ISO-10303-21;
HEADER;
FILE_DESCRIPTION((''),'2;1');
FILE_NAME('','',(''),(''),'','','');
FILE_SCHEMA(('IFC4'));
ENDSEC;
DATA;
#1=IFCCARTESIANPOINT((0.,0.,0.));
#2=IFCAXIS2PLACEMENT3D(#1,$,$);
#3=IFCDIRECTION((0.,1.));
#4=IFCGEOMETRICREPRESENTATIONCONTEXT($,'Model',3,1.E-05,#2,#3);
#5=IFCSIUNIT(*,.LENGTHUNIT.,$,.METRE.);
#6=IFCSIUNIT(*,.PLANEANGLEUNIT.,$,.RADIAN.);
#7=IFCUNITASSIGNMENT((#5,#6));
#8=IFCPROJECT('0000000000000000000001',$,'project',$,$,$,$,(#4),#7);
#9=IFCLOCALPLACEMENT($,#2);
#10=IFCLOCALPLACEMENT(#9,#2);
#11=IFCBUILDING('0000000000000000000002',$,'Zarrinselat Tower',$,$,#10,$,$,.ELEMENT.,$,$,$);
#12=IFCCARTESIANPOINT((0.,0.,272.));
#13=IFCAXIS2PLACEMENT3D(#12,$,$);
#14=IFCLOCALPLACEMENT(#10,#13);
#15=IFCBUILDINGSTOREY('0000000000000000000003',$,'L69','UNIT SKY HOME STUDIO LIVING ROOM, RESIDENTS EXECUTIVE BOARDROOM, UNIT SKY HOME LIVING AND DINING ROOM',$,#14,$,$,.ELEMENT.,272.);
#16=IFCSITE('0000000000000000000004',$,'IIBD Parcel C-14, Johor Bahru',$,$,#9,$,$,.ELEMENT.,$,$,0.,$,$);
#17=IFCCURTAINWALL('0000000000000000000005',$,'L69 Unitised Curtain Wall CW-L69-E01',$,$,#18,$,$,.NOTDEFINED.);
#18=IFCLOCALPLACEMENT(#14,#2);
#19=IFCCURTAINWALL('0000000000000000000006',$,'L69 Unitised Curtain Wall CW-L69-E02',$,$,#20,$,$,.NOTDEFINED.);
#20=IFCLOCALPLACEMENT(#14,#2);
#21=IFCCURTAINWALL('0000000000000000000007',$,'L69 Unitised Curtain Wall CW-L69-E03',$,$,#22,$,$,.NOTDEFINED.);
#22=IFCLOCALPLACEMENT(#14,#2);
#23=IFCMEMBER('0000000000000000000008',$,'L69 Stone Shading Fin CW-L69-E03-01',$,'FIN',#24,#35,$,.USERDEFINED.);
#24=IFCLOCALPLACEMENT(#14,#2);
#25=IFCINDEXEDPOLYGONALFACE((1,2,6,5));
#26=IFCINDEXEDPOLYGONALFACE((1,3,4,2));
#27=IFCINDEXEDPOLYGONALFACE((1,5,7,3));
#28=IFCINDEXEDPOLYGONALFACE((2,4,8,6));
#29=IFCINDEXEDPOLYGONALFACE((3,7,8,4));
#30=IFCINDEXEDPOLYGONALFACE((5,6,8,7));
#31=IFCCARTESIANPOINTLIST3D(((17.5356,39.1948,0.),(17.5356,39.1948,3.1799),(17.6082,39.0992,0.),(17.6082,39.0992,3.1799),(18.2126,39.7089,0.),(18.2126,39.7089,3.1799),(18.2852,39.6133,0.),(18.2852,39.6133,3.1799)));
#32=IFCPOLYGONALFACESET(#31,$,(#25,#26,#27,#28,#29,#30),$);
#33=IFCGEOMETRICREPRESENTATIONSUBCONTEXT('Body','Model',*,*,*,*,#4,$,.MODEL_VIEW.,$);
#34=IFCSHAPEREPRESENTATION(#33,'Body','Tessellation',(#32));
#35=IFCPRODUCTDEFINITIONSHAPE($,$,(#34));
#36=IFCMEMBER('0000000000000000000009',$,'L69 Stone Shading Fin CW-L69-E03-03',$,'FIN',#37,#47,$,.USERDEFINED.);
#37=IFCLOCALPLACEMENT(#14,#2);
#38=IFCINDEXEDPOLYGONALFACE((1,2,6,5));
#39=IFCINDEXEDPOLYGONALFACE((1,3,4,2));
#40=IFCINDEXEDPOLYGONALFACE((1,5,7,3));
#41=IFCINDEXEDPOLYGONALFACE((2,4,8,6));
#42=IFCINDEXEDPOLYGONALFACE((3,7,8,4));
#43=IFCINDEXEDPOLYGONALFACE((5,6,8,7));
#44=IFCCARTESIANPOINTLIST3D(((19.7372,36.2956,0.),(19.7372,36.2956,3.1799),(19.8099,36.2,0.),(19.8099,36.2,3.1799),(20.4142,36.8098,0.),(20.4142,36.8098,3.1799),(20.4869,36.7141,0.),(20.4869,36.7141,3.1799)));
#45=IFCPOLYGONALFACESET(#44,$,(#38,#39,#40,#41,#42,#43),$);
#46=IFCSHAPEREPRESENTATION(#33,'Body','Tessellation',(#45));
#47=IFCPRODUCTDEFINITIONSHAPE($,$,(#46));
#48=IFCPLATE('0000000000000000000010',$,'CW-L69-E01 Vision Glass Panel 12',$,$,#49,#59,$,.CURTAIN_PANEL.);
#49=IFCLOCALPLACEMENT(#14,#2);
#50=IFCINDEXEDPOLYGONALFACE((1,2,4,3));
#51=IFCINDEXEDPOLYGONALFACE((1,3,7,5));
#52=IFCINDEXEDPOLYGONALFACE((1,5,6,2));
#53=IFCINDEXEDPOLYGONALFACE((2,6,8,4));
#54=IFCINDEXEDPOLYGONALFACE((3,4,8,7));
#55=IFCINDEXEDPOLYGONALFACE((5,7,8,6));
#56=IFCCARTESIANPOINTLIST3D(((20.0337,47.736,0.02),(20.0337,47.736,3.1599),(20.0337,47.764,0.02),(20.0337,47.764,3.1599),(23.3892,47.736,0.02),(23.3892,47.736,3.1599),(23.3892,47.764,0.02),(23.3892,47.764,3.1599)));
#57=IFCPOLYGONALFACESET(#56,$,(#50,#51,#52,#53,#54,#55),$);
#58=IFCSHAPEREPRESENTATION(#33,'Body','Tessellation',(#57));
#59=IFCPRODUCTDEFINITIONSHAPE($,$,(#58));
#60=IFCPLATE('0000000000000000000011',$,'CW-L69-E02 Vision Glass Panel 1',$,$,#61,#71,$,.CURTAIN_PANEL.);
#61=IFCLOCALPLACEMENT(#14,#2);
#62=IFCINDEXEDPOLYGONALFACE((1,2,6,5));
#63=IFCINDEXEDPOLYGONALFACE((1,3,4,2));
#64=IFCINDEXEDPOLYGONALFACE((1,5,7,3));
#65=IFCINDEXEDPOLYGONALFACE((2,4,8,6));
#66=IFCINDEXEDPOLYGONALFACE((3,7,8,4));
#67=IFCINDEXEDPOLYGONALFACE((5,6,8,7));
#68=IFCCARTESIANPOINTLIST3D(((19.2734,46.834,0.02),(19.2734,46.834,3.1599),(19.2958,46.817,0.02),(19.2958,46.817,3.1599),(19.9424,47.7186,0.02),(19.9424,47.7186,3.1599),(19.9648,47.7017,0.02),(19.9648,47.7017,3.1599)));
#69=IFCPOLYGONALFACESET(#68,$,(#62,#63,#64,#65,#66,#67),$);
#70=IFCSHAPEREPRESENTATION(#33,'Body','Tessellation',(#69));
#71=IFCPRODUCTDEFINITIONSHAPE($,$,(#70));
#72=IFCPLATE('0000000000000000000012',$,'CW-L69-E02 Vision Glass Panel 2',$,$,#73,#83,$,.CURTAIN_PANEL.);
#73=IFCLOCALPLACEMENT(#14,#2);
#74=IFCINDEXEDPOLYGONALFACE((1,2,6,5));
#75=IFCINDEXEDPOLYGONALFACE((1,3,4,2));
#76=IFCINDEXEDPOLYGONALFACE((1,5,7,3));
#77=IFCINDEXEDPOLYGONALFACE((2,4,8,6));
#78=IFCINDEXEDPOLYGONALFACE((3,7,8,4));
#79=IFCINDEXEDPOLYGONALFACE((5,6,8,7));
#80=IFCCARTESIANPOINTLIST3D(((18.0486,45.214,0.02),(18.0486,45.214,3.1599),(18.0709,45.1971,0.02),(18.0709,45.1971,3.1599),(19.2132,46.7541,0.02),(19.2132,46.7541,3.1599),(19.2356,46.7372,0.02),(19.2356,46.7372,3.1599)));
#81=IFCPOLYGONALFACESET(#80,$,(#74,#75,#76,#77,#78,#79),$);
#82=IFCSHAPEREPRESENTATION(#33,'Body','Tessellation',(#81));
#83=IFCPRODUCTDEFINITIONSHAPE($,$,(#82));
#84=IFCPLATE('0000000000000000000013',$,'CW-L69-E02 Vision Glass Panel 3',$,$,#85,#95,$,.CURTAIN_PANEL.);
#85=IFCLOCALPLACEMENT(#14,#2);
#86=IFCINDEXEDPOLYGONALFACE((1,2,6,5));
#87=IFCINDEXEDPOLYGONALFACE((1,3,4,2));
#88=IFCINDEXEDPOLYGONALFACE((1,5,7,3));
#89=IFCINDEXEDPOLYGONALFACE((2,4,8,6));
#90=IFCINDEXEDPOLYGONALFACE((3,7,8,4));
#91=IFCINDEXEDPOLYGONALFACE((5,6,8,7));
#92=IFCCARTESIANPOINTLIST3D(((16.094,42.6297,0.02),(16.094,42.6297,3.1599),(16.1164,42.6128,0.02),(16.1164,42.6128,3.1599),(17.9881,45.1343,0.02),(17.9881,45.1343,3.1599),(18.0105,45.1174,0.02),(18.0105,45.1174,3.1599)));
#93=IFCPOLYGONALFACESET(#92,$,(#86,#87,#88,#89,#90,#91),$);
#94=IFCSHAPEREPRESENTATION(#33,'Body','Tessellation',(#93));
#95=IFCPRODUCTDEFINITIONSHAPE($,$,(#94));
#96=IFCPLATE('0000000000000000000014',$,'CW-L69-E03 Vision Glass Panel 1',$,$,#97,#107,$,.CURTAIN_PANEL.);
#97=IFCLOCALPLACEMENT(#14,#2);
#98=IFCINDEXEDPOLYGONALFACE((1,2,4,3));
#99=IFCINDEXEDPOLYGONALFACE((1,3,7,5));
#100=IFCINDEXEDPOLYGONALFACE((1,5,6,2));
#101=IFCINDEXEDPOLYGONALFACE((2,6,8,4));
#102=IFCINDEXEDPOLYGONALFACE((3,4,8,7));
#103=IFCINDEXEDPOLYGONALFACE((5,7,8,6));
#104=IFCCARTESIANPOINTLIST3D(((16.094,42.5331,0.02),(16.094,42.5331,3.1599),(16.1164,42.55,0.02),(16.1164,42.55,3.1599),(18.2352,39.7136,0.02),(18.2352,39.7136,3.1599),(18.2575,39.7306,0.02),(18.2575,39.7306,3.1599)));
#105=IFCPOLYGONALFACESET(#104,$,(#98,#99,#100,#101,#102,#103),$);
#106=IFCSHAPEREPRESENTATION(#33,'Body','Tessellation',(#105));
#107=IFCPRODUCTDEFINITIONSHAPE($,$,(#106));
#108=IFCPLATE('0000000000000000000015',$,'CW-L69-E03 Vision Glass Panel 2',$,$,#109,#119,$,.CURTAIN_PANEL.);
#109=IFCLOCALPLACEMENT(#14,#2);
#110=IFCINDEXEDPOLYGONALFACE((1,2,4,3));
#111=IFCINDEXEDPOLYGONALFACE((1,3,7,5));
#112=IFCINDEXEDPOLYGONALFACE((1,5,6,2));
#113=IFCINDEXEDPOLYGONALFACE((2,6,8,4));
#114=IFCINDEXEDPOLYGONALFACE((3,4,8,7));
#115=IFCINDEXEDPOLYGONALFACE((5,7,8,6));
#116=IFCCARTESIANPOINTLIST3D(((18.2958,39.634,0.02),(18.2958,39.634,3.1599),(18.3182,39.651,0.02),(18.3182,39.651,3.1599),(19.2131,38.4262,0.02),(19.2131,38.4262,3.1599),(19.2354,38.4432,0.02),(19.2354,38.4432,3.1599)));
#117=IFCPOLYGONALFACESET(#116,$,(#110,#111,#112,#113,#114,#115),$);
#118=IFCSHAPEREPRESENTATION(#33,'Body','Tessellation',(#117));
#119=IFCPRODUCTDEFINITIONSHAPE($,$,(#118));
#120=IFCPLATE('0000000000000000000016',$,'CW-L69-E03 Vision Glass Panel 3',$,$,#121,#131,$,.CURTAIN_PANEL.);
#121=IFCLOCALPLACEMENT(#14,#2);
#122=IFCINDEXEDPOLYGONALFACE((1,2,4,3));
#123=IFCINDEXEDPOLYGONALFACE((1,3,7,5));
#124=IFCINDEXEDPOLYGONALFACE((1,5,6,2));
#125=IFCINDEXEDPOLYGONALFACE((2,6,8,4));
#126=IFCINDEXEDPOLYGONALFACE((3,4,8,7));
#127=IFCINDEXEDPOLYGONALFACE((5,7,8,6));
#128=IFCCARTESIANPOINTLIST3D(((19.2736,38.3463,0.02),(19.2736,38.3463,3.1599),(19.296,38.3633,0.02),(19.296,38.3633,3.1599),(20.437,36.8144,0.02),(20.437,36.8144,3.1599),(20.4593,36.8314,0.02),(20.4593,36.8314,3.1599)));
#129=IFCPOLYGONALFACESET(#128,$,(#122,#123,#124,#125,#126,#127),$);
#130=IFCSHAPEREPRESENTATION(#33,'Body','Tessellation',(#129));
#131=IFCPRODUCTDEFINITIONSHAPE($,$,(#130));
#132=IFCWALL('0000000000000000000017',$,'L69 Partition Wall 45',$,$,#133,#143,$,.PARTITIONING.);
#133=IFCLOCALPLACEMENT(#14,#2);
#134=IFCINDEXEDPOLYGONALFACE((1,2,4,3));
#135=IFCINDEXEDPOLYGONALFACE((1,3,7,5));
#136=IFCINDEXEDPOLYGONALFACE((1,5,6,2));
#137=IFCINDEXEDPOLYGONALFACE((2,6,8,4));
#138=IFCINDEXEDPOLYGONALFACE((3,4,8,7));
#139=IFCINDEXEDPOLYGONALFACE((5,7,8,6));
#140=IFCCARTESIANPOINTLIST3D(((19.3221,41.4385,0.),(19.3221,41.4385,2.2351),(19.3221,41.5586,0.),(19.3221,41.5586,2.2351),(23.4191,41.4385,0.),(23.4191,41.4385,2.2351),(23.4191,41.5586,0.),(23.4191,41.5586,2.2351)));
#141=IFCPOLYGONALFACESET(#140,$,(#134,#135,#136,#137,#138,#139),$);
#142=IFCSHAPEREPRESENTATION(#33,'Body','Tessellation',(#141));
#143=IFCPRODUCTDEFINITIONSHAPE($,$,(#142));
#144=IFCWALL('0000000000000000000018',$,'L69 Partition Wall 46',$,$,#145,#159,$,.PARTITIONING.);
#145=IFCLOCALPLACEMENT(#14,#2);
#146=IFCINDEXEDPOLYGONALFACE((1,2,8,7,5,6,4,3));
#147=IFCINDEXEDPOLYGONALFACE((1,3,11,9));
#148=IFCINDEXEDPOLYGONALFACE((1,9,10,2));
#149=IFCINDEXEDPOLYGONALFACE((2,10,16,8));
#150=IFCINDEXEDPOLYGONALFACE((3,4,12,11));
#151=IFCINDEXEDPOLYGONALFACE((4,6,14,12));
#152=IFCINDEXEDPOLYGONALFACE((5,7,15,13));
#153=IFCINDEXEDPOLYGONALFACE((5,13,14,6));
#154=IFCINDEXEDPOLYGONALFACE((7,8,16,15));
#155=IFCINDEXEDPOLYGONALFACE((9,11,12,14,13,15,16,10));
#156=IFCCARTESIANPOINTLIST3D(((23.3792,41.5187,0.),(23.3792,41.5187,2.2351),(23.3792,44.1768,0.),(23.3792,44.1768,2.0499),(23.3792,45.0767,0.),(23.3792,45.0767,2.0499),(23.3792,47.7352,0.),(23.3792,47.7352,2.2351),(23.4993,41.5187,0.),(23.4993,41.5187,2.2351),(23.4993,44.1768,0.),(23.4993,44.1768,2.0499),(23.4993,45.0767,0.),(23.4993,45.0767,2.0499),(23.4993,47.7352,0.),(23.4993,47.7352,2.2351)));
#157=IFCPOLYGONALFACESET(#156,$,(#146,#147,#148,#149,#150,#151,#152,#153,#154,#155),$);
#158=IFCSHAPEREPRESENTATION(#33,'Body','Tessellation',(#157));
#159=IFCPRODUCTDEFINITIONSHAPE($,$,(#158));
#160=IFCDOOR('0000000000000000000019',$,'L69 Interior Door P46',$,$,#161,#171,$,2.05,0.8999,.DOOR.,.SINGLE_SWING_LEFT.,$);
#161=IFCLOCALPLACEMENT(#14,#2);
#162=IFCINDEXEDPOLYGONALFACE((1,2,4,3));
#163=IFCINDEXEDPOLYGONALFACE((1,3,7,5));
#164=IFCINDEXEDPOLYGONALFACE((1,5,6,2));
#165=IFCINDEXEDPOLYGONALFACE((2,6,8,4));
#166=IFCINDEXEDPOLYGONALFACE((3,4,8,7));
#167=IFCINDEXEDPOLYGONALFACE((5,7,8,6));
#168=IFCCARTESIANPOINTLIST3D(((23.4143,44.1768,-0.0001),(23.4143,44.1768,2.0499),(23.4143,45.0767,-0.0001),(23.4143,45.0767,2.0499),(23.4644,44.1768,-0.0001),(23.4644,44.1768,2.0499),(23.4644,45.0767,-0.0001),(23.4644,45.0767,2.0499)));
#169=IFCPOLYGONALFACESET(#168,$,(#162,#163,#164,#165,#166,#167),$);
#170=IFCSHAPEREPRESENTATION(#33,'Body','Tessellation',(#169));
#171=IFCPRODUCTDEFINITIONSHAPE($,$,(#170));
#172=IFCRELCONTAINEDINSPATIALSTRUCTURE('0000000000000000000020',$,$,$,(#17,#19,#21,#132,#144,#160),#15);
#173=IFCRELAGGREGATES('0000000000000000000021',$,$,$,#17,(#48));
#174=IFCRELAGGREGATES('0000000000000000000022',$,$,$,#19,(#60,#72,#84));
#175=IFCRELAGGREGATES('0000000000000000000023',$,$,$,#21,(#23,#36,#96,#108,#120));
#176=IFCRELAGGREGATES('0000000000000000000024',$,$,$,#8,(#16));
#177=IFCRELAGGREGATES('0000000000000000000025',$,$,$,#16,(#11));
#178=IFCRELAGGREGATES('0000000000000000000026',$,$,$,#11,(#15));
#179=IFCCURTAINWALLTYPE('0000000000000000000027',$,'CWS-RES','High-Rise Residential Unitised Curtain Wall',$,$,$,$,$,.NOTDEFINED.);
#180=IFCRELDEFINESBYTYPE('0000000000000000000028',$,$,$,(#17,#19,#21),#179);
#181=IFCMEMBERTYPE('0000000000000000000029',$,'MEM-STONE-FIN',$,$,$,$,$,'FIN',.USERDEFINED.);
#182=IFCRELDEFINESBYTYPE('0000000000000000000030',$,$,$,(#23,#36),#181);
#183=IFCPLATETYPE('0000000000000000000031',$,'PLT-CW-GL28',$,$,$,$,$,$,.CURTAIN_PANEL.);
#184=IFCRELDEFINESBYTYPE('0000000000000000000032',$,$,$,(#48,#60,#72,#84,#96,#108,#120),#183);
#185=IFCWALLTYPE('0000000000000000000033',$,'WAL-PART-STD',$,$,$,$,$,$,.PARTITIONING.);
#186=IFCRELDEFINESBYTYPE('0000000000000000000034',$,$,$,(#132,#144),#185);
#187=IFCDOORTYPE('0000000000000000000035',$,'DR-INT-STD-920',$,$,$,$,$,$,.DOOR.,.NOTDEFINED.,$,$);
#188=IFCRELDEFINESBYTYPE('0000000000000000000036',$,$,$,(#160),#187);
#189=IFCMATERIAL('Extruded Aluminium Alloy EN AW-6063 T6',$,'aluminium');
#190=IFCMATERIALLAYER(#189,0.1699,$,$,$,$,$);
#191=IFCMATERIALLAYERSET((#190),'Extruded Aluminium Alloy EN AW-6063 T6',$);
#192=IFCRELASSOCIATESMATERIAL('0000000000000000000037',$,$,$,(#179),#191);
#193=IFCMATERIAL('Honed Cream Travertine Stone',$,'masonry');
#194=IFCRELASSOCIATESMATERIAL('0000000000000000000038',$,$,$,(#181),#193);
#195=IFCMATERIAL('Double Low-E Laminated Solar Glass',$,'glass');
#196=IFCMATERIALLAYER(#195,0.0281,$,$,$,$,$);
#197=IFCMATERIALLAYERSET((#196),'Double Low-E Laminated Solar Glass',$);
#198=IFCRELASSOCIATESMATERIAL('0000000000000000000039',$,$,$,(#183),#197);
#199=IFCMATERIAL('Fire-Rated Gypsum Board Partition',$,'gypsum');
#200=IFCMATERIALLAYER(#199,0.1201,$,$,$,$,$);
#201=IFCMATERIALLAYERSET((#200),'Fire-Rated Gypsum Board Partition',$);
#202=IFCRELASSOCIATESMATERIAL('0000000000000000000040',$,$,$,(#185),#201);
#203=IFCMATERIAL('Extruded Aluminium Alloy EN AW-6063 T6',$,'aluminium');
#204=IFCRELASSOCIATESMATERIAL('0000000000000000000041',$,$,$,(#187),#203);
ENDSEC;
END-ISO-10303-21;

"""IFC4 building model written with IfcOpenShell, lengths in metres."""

from ifc_helpers import new_model, si_unit, direction, frame, frame_2d, origin, origin_2d, place, context, subcontext, project, spatial, rectangle, extrude, material, layer, layer_set, material_profile, profile_set, type_object, element, fill, aggregate, save


model = new_model("IFC4")

# Units and contexts
model_context = context("Model", 3, precision=1e-05, world=origin(), true_north=direction((0.0, 1.0)))
body_context = subcontext(model_context, "Body", "Model", "MODEL_VIEW")
ifc_project = project(units=[si_unit("LENGTHUNIT", "METRE"), si_unit("PLANEANGLEUNIT", "RADIAN")], contexts=[model_context])

# Site, building, storey
site_placement = place(None, origin())
site = spatial("IfcSite", under=ifc_project, at=site_placement, Name="IIBD Parcel C-14, Johor Bahru", CompositionType="ELEMENT", RefElevation=0.0)
building_placement = place(site_placement, origin())
building = spatial("IfcBuilding", under=site, at=building_placement, Name="Zarrinselat Tower", CompositionType="ELEMENT")
storey_placement = place(building_placement, frame((0.0, 0.0, 272.0)))
storey = spatial("IfcBuildingStorey", under=building, at=storey_placement, Name="L69", Description="UNIT SKY HOME STUDIO LIVING ROOM, RESIDENTS EXECUTIVE BOARDROOM, UNIT SKY HOME LIVING AND DINING ROOM", CompositionType="ELEMENT", Elevation=272.0)

# Curtain walls
ifc_material_1 = material(Name="Extruded Aluminium Alloy EN AW-6063 T6", Category="aluminium")
ifc_layer_1 = layer(ifc_material_1, 0.1699)
ifc_layer_set_1 = layer_set([ifc_layer_1], Name="Extruded Aluminium Alloy EN AW-6063 T6")
curtain_wall_type = type_object("IfcCurtainWallType", Name="CWS-RES", Description="High-Rise Residential Unitised Curtain Wall", PredefinedType="NOTDEFINED", material=ifc_layer_set_1)
curtain_wall_1_placement = place(storey_placement, origin())
curtain_wall_1 = element("IfcCurtainWall", 1, at=curtain_wall_1_placement, inside=storey, type_object=curtain_wall_type, Name="L69 Unitised Curtain Wall CW-L69-E01", PredefinedType="NOTDEFINED")
curtain_wall_2_placement = place(storey_placement, origin())
curtain_wall_2 = element("IfcCurtainWall", 2, at=curtain_wall_2_placement, inside=storey, type_object=curtain_wall_type, Name="L69 Unitised Curtain Wall CW-L69-E02", PredefinedType="NOTDEFINED")
curtain_wall_3_placement = place(storey_placement, origin())
curtain_wall_3 = element("IfcCurtainWall", 3, at=curtain_wall_3_placement, inside=storey, type_object=curtain_wall_type, Name="L69 Unitised Curtain Wall CW-L69-E03", PredefinedType="NOTDEFINED")

# Members
ifc_material_2 = material(Name="Honed Cream Travertine Stone", Category="masonry")
ifc_material_profile_1 = material_profile(ifc_material_2, rectangle(XDim=0.1201, YDim=0.8501, at=origin_2d()), Name="FIN 850x120")
ifc_profile_set_1 = profile_set([ifc_material_profile_1], Name="Honed Cream Travertine Stone")
member_type_1 = type_object("IfcMemberType", Name="MEM-STONE-FIN", ElementType="FIN", PredefinedType="USERDEFINED", material=ifc_profile_set_1)
member_1_placement = place(storey_placement, frame((17.9104, 39.4041, 0.0), z_axis=(0.0, 0.0, 1.0), x_axis=(-0.604788, 0.796387, 0.0)))
member_1 = element("IfcMember", 4, at=member_1_placement, type_object=member_type_1, Name="L69 Stone Shading Fin CW-L69-E03-01", ObjectType="FIN", PredefinedType="USERDEFINED", context=body_context, shape_type="SweptSolid", body=[
    extrude(rectangle(XDim=0.1201, YDim=0.8501, at=origin_2d()), origin(), (0.0, 0.0, 1.0), 3.1799),
])
member_2_placement = place(storey_placement, frame((20.1121, 36.5049, 0.0), z_axis=(0.0, 0.0, 1.0), x_axis=(-0.604788, 0.796387, 0.0)))
member_2 = element("IfcMember", 5, at=member_2_placement, type_object=member_type_1, Name="L69 Stone Shading Fin CW-L69-E03-03", ObjectType="FIN", PredefinedType="USERDEFINED", context=body_context, shape_type="SweptSolid", body=[
    extrude(rectangle(XDim=0.1201, YDim=0.8501, at=origin_2d()), origin(), (0.0, 0.0, 1.0), 3.1799),
])

# Plates
ifc_material_3 = material(Name="Double Low-E Laminated Solar Glass", Category="glass")
ifc_layer_2 = layer(ifc_material_3, 0.0281)
ifc_layer_set_2 = layer_set([ifc_layer_2], Name="Double Low-E Laminated Solar Glass")
plate_type = type_object("IfcPlateType", Name="PLT-CW-GL28", PredefinedType="CURTAIN_PANEL", material=ifc_layer_set_2)
plate_1_placement = place(storey_placement, frame((21.7114, 47.75, 0.02), z_axis=(0.0, 0.0, 1.0), x_axis=(-1.0, 0.0, 0.0)))
plate_1 = element("IfcPlate", 6, at=plate_1_placement, type_object=plate_type, Name="CW-L69-E01 Vision Glass Panel 12", PredefinedType="CURTAIN_PANEL", context=body_context, shape_type="SweptSolid", body=[
    extrude(rectangle(XDim=3.3555, YDim=0.0281, at=origin_2d()), origin(), (0.0, 0.0, 1.0), 3.1399),
])
aggregate(curtain_wall_1, [plate_1])
plate_2_placement = place(storey_placement, frame((19.6191, 47.2678, 0.02), z_axis=(0.0, 0.0, 1.0), x_axis=(-0.60318, -0.797605, 0.0)))
plate_2 = element("IfcPlate", 7, at=plate_2_placement, type_object=plate_type, Name="CW-L69-E02 Vision Glass Panel 1", PredefinedType="CURTAIN_PANEL", context=body_context, shape_type="SweptSolid", body=[
    extrude(rectangle(XDim=1.1091, YDim=0.0281, at=origin_2d()), origin(), (0.0, 0.0, 1.0), 3.1399),
])
plate_3_placement = place(storey_placement, frame((18.6421, 45.9756, 0.02), z_axis=(0.0, 0.0, 1.0), x_axis=(-0.60318, -0.797605, 0.0)))
plate_3 = element("IfcPlate", 8, at=plate_3_placement, type_object=plate_type, Name="CW-L69-E02 Vision Glass Panel 2", PredefinedType="CURTAIN_PANEL", context=body_context, shape_type="SweptSolid", body=[
    extrude(rectangle(XDim=1.9309, YDim=0.0281, at=origin_2d()), origin(), (0.0, 0.0, 1.0), 3.1399),
])
plate_4_placement = place(storey_placement, frame((17.0522, 43.8735, 0.02), z_axis=(0.0, 0.0, 1.0), x_axis=(-0.60318, -0.797605, 0.0)))
plate_4 = element("IfcPlate", 9, at=plate_4_placement, type_object=plate_type, Name="CW-L69-E02 Vision Glass Panel 3", PredefinedType="CURTAIN_PANEL", context=body_context, shape_type="SweptSolid", body=[
    extrude(rectangle(XDim=3.1401, YDim=0.0281, at=origin_2d()), origin(), (0.0, 0.0, 1.0), 3.1399),
])
aggregate(curtain_wall_2, [plate_2, plate_3, plate_4])
plate_5_placement = place(storey_placement, frame((17.1758, 41.1318, 0.02), z_axis=(0.0, 0.0, 1.0), x_axis=(0.604788, -0.796387, 0.0)))
plate_5 = element("IfcPlate", 10, at=plate_5_placement, type_object=plate_type, Name="CW-L69-E03 Vision Glass Panel 1", PredefinedType="CURTAIN_PANEL", context=body_context, shape_type="SweptSolid", body=[
    extrude(rectangle(XDim=3.5403, YDim=0.0281, at=origin_2d()), origin(), (0.0, 0.0, 1.0), 3.1399),
])
plate_6_placement = place(storey_placement, frame((18.7656, 39.0386, 0.02), z_axis=(0.0, 0.0, 1.0), x_axis=(0.604788, -0.796387, 0.0)))
plate_6 = element("IfcPlate", 11, at=plate_6_placement, type_object=plate_type, Name="CW-L69-E03 Vision Glass Panel 2", PredefinedType="CURTAIN_PANEL", context=body_context, shape_type="SweptSolid", body=[
    extrude(rectangle(XDim=1.5166, YDim=0.0281, at=origin_2d()), origin(), (0.0, 0.0, 1.0), 3.1399),
])
plate_7_placement = place(storey_placement, frame((19.8665, 37.5889, 0.02), z_axis=(0.0, 0.0, 1.0), x_axis=(0.604788, -0.796387, 0.0)))
plate_7 = element("IfcPlate", 12, at=plate_7_placement, type_object=plate_type, Name="CW-L69-E03 Vision Glass Panel 3", PredefinedType="CURTAIN_PANEL", context=body_context, shape_type="SweptSolid", body=[
    extrude(rectangle(XDim=1.9236, YDim=0.0281, at=origin_2d()), origin(), (0.0, 0.0, 1.0), 3.1399),
])
aggregate(curtain_wall_3, [member_1, member_2, plate_5, plate_6, plate_7])

# Wall
ifc_material_4 = material(Name="Fire-Rated Gypsum Board Partition", Category="gypsum")
ifc_layer_3 = layer(ifc_material_4, 0.1201)
ifc_layer_set_3 = layer_set([ifc_layer_3], Name="Fire-Rated Gypsum Board Partition")
wall_type_1 = type_object("IfcWallType", Name="WAL-PART-STD", PredefinedType="PARTITIONING", material=ifc_layer_set_3)
wall_1_placement = place(storey_placement, frame((19.3223, 41.4985, 0.0), z_axis=(0.0, 0.0, 1.0), x_axis=(1.0, 0.0, 0.0)))
element("IfcWall", 13, at=wall_1_placement, inside=storey, type_object=wall_type_1, Name="L69 Partition Wall 45", PredefinedType="PARTITIONING", context=body_context, shape_type="SweptSolid", body=[
    extrude(rectangle(XDim=4.0969, YDim=0.1201, at=frame_2d((2.0483, 0.0))), origin(), (0.0, 0.0, 1.0), 2.2351),
])

# Wall, opening, door
wall_2_placement = place(storey_placement, frame((23.4392, 41.5186, 0.0), z_axis=(0.0, 0.0, 1.0), x_axis=(0.0, 1.0, 0.0)))
wall_2 = element("IfcWall", 14, at=wall_2_placement, inside=storey, type_object=wall_type_1, Name="L69 Partition Wall 46", PredefinedType="PARTITIONING", context=body_context, shape_type="SweptSolid", body=[
    extrude(rectangle(XDim=6.2166, YDim=0.1201, at=frame_2d((3.1084, 0.0))), origin(), (0.0, 0.0, 1.0), 2.2351),
])
opening_1_placement = place(wall_2_placement, frame((2.6582, 0.0, 0.0)))
opening_1 = element("IfcOpeningElement", 15, at=opening_1_placement, cuts=wall_2, PredefinedType="OPENING", context=body_context, shape_type="SweptSolid", body=[
    extrude(rectangle(XDim=0.8999, YDim=2.05, at=frame_2d((0.45, 1.0249))), frame((0.0, 0.0701, 0.0), z_axis=(0.0, -1.0, 0.0), x_axis=(1.0, 0.0, 0.0)), (0.0, 0.0, 1.0), 0.1401),
])
ifc_material_5 = material(Name="Extruded Aluminium Alloy EN AW-6063 T6", Category="aluminium")
door_type_1 = type_object("IfcDoorType", Name="DR-INT-STD-920", OperationType="NOTDEFINED", PredefinedType="DOOR", material=ifc_material_5)
door_1_placement = place(opening_1_placement, origin())
door_1 = element("IfcDoor", 16, at=door_1_placement, inside=storey, type_object=door_type_1, Name="L69 Interior Door P46", OperationType="SINGLE_SWING_LEFT", OverallHeight=2.05, OverallWidth=0.8999, PredefinedType="DOOR", context=body_context, shape_type="SweptSolid", body=[
    extrude(rectangle(XDim=0.8999, YDim=2.05, at=frame_2d((0.45, 1.0249))), frame((0.0, 0.0249, 0.0), z_axis=(0.0, -1.0, 0.0), x_axis=(1.0, 0.0, 0.0)), (0.0, 0.0, 1.0), 0.05),
])
fill(opening_1, door_1)

save(model, "model.ifc")
